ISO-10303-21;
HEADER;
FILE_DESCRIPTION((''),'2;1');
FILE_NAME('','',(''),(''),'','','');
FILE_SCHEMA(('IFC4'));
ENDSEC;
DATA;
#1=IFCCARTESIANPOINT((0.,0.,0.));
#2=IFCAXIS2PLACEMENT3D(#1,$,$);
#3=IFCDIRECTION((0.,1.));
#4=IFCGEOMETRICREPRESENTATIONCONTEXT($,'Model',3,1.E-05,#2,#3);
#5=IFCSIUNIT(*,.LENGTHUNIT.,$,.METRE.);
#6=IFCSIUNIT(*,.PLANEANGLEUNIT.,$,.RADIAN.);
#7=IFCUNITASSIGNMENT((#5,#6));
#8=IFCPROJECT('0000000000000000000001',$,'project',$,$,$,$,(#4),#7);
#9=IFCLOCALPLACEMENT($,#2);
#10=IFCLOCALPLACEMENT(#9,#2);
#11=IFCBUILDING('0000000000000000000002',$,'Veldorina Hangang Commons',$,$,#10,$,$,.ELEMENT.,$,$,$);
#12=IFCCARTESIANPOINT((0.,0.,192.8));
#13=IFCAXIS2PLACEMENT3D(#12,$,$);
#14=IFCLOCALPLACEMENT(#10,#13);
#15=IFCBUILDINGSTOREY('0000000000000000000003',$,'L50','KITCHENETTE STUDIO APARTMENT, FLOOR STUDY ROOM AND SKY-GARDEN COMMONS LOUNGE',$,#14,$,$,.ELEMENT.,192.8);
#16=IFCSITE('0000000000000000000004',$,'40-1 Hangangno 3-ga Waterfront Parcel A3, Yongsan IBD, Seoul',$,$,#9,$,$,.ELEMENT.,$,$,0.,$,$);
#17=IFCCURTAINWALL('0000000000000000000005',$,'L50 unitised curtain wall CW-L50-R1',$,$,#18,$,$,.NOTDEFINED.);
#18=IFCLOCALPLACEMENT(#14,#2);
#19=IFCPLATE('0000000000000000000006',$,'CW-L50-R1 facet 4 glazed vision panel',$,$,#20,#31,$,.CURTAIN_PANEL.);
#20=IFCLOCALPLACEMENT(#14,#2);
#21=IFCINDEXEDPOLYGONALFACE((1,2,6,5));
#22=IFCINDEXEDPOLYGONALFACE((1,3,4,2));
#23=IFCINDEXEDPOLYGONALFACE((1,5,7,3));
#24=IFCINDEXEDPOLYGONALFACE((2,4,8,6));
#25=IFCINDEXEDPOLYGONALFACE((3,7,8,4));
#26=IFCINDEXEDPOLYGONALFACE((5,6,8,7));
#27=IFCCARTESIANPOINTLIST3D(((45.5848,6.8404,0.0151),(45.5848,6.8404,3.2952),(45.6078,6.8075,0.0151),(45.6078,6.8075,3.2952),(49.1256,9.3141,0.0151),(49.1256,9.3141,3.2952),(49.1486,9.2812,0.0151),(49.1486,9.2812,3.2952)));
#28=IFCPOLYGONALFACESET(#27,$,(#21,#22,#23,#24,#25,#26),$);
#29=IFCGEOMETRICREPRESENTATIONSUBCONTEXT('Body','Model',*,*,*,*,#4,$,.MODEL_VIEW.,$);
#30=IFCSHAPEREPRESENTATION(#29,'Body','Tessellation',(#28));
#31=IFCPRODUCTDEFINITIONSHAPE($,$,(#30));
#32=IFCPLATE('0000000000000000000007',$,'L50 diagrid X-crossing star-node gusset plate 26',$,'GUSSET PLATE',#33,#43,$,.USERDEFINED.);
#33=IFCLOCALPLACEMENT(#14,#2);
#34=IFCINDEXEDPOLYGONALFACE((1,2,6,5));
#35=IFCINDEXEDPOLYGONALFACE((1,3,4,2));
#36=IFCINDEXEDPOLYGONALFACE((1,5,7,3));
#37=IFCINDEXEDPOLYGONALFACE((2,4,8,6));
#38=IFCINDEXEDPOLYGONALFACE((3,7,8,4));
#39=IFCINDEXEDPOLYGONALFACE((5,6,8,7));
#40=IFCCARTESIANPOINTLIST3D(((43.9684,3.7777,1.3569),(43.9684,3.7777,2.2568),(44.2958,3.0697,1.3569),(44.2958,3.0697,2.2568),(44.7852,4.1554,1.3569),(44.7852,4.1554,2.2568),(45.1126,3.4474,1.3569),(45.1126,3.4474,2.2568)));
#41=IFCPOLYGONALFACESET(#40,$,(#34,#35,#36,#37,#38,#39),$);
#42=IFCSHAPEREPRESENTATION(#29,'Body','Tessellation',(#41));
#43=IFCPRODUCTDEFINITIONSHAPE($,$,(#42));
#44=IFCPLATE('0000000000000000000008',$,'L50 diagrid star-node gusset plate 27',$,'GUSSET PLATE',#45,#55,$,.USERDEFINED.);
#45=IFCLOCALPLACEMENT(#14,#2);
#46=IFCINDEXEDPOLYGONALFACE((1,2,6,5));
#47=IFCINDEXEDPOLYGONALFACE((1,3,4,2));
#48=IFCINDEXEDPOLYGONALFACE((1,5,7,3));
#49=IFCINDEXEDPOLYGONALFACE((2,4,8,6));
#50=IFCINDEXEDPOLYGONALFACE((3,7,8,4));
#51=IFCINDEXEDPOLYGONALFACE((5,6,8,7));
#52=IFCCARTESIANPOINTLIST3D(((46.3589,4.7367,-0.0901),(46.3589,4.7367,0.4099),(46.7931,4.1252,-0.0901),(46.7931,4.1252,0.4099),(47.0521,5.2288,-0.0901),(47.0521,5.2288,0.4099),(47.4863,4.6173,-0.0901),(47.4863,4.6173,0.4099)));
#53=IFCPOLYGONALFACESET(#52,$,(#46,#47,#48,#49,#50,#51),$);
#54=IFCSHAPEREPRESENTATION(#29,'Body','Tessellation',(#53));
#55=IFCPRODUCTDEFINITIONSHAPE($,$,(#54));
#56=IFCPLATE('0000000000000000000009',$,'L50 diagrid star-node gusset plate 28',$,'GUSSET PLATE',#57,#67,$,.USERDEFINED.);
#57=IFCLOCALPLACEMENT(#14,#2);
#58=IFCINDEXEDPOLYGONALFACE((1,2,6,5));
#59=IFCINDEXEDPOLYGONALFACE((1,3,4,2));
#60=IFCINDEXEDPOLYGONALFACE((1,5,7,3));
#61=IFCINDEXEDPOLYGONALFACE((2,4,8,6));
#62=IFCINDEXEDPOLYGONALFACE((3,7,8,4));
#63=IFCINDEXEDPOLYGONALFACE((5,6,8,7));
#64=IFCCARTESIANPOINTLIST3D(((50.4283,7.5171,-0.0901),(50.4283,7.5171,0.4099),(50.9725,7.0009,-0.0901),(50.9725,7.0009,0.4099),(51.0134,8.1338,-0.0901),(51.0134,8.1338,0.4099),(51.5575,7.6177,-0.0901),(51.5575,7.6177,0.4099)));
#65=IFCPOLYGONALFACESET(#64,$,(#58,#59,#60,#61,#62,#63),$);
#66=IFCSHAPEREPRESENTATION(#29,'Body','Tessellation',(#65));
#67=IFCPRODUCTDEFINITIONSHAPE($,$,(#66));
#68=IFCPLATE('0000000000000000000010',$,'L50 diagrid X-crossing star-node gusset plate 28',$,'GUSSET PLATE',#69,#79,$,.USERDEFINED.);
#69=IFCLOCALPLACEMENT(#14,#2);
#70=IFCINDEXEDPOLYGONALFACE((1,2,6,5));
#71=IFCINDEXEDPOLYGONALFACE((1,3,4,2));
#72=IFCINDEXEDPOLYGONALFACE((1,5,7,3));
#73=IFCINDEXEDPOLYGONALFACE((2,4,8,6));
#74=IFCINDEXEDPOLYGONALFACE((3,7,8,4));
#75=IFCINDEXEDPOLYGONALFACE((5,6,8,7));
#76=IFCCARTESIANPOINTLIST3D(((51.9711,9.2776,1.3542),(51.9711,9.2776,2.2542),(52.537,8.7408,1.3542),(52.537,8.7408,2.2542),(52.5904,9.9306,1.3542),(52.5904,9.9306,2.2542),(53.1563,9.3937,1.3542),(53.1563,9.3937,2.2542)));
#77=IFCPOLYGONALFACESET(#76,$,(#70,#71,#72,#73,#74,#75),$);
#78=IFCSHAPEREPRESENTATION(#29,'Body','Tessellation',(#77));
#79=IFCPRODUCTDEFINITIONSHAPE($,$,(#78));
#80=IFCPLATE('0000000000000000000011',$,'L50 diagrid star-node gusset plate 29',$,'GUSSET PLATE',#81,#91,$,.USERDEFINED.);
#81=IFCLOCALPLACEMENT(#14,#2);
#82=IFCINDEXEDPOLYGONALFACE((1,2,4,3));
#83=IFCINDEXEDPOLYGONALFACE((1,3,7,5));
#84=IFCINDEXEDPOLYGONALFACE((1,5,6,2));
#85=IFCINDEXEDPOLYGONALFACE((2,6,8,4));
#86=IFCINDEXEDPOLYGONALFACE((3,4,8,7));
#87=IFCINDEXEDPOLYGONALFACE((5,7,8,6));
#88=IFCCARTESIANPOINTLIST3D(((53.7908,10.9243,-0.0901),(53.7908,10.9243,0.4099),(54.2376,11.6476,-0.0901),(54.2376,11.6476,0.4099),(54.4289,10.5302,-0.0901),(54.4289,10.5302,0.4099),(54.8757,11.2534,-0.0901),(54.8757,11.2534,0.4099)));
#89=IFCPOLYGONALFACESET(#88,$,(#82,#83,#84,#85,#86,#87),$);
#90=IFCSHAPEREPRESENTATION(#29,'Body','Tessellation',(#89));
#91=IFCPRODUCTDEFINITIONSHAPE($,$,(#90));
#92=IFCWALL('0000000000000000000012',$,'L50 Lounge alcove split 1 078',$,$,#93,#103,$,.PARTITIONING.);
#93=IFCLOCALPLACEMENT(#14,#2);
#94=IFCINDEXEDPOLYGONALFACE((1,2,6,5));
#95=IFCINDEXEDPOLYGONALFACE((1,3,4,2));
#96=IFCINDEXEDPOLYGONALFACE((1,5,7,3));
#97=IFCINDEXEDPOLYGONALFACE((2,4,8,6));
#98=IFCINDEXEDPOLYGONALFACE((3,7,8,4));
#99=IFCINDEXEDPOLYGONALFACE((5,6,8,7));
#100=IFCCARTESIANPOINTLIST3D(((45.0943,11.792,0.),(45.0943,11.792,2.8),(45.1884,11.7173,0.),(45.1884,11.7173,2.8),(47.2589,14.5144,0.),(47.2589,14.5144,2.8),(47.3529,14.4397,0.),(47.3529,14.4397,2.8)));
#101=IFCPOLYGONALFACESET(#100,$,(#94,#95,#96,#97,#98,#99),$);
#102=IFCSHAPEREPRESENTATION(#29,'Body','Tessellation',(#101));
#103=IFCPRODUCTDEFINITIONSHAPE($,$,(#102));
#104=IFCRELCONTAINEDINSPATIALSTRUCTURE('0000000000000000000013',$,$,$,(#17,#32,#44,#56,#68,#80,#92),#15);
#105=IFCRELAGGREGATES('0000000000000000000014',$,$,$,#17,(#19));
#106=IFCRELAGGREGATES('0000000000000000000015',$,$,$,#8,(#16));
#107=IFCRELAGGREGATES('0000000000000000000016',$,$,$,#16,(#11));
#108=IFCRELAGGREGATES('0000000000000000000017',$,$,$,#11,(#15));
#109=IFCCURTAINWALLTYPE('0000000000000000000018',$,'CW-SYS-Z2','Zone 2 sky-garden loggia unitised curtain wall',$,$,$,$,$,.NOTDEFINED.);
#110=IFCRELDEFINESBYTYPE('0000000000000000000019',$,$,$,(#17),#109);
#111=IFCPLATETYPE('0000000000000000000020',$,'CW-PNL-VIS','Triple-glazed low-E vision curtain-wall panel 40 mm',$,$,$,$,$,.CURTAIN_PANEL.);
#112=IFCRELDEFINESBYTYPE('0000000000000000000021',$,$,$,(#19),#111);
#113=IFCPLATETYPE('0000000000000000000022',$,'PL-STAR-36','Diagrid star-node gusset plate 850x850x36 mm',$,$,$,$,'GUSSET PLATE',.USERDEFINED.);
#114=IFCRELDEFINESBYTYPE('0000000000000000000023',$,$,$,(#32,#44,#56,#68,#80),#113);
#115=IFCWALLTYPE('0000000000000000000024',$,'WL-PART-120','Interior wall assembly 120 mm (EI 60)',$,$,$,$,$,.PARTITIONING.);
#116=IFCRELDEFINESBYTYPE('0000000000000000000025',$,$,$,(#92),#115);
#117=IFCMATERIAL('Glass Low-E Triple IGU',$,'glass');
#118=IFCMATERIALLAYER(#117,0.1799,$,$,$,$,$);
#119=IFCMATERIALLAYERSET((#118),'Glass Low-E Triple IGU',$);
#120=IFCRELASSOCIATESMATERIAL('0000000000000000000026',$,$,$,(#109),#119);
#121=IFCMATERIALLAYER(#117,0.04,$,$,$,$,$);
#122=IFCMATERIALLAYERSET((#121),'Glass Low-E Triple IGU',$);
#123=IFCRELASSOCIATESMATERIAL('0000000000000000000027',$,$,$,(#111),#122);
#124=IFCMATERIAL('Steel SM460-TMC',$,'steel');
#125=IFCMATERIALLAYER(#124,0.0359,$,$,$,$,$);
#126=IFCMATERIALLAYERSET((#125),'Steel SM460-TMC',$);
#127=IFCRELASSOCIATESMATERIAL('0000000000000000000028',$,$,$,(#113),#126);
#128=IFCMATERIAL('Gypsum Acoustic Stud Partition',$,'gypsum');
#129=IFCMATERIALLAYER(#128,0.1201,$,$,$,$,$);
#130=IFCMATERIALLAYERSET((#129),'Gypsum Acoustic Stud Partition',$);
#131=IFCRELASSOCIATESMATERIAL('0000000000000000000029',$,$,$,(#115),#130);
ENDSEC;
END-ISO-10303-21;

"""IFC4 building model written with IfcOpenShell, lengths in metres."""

from ifc_helpers import new_model, si_unit, direction, frame, frame_2d, origin, origin_2d, place, context, subcontext, project, spatial, rectangle, extrude, material, layer, layer_set, type_object, element, aggregate, save


model = new_model("IFC4")

# Units and contexts
model_context = context("Model", 3, precision=1e-05, world=origin(), true_north=direction((0.0, 1.0)))
body_context = subcontext(model_context, "Body", "Model", "MODEL_VIEW")
ifc_project = project(units=[si_unit("LENGTHUNIT", "METRE"), si_unit("PLANEANGLEUNIT", "RADIAN")], contexts=[model_context])

# Site, building, storey
site_placement = place(None, origin())
site = spatial("IfcSite", under=ifc_project, at=site_placement, Name="40-1 Hangangno 3-ga Waterfront Parcel A3, Yongsan IBD, Seoul", CompositionType="ELEMENT", RefElevation=0.0)
building_placement = place(site_placement, origin())
building = spatial("IfcBuilding", under=site, at=building_placement, Name="Veldorina Hangang Commons", CompositionType="ELEMENT")
storey_placement = place(building_placement, frame((0.0, 0.0, 192.8)))
storey = spatial("IfcBuildingStorey", under=building, at=storey_placement, Name="L50", Description="KITCHENETTE STUDIO APARTMENT, FLOOR STUDY ROOM AND SKY-GARDEN COMMONS LOUNGE", CompositionType="ELEMENT", Elevation=192.8)

# Curtain wall
ifc_material_1 = material(Name="Glass Low-E Triple IGU", Category="glass")
ifc_layer_1 = layer(ifc_material_1, 0.1799)
ifc_layer_set_1 = layer_set([ifc_layer_1], Name="Glass Low-E Triple IGU")
curtain_wall_type = type_object("IfcCurtainWallType", Name="CW-SYS-Z2", Description="Zone 2 sky-garden loggia unitised curtain wall", PredefinedType="NOTDEFINED", material=ifc_layer_set_1)
curtain_wall_1_placement = place(storey_placement, origin())
curtain_wall_1 = element("IfcCurtainWall", 1, at=curtain_wall_1_placement, inside=storey, type_object=curtain_wall_type, Name="L50 unitised curtain wall CW-L50-R1", PredefinedType="NOTDEFINED")

# Plate
ifc_layer_2 = layer(ifc_material_1, 0.04)
ifc_layer_set_2 = layer_set([ifc_layer_2], Name="Glass Low-E Triple IGU")
plate_type_1 = type_object("IfcPlateType", Name="CW-PNL-VIS", Description="Triple-glazed low-E vision curtain-wall panel 40 mm", PredefinedType="CURTAIN_PANEL", material=ifc_layer_set_2)
plate_1_placement = place(storey_placement, frame((47.3667, 8.0608, 0.0151), z_axis=(0.0, 0.0, 1.0), x_axis=(0.819762, 0.572704, 0.0)))
plate_1 = element("IfcPlate", 2, at=plate_1_placement, type_object=plate_type_1, Name="CW-L50-R1 facet 4 glazed vision panel", PredefinedType="CURTAIN_PANEL", context=body_context, shape_type="SweptSolid", body=[
    extrude(rectangle(XDim=4.3193, YDim=0.04, at=origin_2d()), origin(), (0.0, 0.0, 1.0), 3.28),
])
aggregate(curtain_wall_1, [plate_1])

# Plates
ifc_material_2 = material(Name="Steel SM460-TMC", Category="steel")
ifc_layer_3 = layer(ifc_material_2, 0.0359)
ifc_layer_set_3 = layer_set([ifc_layer_3], Name="Steel SM460-TMC")
plate_type_2 = type_object("IfcPlateType", Name="PL-STAR-36", Description="Diagrid star-node gusset plate 850x850x36 mm", ElementType="GUSSET PLATE", PredefinedType="USERDEFINED", material=ifc_layer_set_3)
plate_2_placement = place(storey_placement, frame((44.5405, 3.6125, 1.3569), z_axis=(0.0, 0.0, 1.0), x_axis=(0.907646, 0.419737, 0.0)))
element("IfcPlate", 3, at=plate_2_placement, inside=storey, type_object=plate_type_2, Name="L50 diagrid X-crossing star-node gusset plate 26", ObjectType="GUSSET PLATE", PredefinedType="USERDEFINED", context=body_context, shape_type="SweptSolid", body=[
    extrude(rectangle(XDim=0.8999, YDim=0.78, at=origin_2d()), origin(), (0.0, 0.0, 1.0), 0.8999),
])
for number, where, z_axis, x_axis, name in (
    (4, (46.9226, 4.677, -0.0901), (0.0, 0.0, 1.0), (0.81536, 0.578954, 0.0), "L50 diagrid star-node gusset plate 27"),
    (5, (50.9929, 7.5674, -0.0901), (0.0, 0.0, 1.0), (0.68819, 0.725531, 0.0), "L50 diagrid star-node gusset plate 28"),
):
    element("IfcPlate", number, at=place(storey_placement, frame(where, z_axis=z_axis, x_axis=x_axis)), inside=storey, type_object=plate_type_2, Name=name, ObjectType="GUSSET PLATE", PredefinedType="USERDEFINED", context=body_context, shape_type="SweptSolid", body=[
        extrude(rectangle(XDim=0.8501, YDim=0.75, at=origin_2d()), origin(), (0.0, 0.0, 1.0), 0.5),
    ])
plate_3_placement = place(storey_placement, frame((52.5637, 9.3357, 1.3542), z_axis=(0.0, 0.0, 1.0), x_axis=(0.68819, 0.725531, 0.0)))
element("IfcPlate", 6, at=plate_3_placement, inside=storey, type_object=plate_type_2, Name="L50 diagrid X-crossing star-node gusset plate 28", ObjectType="GUSSET PLATE", PredefinedType="USERDEFINED", context=body_context, shape_type="SweptSolid", body=[
    extrude(rectangle(XDim=0.8999, YDim=0.78, at=origin_2d()), origin(), (0.0, 0.0, 1.0), 0.8999),
])
plate_4_placement = place(storey_placement, frame((54.3333, 11.0889, -0.0901), z_axis=(0.0, 0.0, 1.0), x_axis=(0.525576, 0.850747, 0.0)))
element("IfcPlate", 7, at=plate_4_placement, inside=storey, type_object=plate_type_2, Name="L50 diagrid star-node gusset plate 29", ObjectType="GUSSET PLATE", PredefinedType="USERDEFINED", context=body_context, shape_type="SweptSolid", body=[
    extrude(rectangle(XDim=0.8501, YDim=0.75, at=origin_2d()), origin(), (0.0, 0.0, 1.0), 0.5),
])

# Wall
ifc_material_3 = material(Name="Gypsum Acoustic Stud Partition", Category="gypsum")
ifc_layer_4 = layer(ifc_material_3, 0.1201)
ifc_layer_set_4 = layer_set([ifc_layer_4], Name="Gypsum Acoustic Stud Partition")
wall_type_1 = type_object("IfcWallType", Name="WL-PART-120", Description="Interior wall assembly 120 mm (EI 60)", PredefinedType="PARTITIONING", material=ifc_layer_set_4)
wall_1_placement = place(storey_placement, frame((45.1414, 11.7546, 0.0), z_axis=(0.0, 0.0, 1.0), x_axis=(0.622347, 0.782742, 0.0)))
element("IfcWall", 8, at=wall_1_placement, inside=storey, type_object=wall_type_1, Name="L50 Lounge alcove split 1 078", PredefinedType="PARTITIONING", context=body_context, shape_type="SweptSolid", body=[
    extrude(rectangle(XDim=3.478, YDim=0.1201, at=frame_2d((1.739, 0.0))), origin(), (0.0, 0.0, 1.0), 2.8),
])

save(model, "model.ifc")
